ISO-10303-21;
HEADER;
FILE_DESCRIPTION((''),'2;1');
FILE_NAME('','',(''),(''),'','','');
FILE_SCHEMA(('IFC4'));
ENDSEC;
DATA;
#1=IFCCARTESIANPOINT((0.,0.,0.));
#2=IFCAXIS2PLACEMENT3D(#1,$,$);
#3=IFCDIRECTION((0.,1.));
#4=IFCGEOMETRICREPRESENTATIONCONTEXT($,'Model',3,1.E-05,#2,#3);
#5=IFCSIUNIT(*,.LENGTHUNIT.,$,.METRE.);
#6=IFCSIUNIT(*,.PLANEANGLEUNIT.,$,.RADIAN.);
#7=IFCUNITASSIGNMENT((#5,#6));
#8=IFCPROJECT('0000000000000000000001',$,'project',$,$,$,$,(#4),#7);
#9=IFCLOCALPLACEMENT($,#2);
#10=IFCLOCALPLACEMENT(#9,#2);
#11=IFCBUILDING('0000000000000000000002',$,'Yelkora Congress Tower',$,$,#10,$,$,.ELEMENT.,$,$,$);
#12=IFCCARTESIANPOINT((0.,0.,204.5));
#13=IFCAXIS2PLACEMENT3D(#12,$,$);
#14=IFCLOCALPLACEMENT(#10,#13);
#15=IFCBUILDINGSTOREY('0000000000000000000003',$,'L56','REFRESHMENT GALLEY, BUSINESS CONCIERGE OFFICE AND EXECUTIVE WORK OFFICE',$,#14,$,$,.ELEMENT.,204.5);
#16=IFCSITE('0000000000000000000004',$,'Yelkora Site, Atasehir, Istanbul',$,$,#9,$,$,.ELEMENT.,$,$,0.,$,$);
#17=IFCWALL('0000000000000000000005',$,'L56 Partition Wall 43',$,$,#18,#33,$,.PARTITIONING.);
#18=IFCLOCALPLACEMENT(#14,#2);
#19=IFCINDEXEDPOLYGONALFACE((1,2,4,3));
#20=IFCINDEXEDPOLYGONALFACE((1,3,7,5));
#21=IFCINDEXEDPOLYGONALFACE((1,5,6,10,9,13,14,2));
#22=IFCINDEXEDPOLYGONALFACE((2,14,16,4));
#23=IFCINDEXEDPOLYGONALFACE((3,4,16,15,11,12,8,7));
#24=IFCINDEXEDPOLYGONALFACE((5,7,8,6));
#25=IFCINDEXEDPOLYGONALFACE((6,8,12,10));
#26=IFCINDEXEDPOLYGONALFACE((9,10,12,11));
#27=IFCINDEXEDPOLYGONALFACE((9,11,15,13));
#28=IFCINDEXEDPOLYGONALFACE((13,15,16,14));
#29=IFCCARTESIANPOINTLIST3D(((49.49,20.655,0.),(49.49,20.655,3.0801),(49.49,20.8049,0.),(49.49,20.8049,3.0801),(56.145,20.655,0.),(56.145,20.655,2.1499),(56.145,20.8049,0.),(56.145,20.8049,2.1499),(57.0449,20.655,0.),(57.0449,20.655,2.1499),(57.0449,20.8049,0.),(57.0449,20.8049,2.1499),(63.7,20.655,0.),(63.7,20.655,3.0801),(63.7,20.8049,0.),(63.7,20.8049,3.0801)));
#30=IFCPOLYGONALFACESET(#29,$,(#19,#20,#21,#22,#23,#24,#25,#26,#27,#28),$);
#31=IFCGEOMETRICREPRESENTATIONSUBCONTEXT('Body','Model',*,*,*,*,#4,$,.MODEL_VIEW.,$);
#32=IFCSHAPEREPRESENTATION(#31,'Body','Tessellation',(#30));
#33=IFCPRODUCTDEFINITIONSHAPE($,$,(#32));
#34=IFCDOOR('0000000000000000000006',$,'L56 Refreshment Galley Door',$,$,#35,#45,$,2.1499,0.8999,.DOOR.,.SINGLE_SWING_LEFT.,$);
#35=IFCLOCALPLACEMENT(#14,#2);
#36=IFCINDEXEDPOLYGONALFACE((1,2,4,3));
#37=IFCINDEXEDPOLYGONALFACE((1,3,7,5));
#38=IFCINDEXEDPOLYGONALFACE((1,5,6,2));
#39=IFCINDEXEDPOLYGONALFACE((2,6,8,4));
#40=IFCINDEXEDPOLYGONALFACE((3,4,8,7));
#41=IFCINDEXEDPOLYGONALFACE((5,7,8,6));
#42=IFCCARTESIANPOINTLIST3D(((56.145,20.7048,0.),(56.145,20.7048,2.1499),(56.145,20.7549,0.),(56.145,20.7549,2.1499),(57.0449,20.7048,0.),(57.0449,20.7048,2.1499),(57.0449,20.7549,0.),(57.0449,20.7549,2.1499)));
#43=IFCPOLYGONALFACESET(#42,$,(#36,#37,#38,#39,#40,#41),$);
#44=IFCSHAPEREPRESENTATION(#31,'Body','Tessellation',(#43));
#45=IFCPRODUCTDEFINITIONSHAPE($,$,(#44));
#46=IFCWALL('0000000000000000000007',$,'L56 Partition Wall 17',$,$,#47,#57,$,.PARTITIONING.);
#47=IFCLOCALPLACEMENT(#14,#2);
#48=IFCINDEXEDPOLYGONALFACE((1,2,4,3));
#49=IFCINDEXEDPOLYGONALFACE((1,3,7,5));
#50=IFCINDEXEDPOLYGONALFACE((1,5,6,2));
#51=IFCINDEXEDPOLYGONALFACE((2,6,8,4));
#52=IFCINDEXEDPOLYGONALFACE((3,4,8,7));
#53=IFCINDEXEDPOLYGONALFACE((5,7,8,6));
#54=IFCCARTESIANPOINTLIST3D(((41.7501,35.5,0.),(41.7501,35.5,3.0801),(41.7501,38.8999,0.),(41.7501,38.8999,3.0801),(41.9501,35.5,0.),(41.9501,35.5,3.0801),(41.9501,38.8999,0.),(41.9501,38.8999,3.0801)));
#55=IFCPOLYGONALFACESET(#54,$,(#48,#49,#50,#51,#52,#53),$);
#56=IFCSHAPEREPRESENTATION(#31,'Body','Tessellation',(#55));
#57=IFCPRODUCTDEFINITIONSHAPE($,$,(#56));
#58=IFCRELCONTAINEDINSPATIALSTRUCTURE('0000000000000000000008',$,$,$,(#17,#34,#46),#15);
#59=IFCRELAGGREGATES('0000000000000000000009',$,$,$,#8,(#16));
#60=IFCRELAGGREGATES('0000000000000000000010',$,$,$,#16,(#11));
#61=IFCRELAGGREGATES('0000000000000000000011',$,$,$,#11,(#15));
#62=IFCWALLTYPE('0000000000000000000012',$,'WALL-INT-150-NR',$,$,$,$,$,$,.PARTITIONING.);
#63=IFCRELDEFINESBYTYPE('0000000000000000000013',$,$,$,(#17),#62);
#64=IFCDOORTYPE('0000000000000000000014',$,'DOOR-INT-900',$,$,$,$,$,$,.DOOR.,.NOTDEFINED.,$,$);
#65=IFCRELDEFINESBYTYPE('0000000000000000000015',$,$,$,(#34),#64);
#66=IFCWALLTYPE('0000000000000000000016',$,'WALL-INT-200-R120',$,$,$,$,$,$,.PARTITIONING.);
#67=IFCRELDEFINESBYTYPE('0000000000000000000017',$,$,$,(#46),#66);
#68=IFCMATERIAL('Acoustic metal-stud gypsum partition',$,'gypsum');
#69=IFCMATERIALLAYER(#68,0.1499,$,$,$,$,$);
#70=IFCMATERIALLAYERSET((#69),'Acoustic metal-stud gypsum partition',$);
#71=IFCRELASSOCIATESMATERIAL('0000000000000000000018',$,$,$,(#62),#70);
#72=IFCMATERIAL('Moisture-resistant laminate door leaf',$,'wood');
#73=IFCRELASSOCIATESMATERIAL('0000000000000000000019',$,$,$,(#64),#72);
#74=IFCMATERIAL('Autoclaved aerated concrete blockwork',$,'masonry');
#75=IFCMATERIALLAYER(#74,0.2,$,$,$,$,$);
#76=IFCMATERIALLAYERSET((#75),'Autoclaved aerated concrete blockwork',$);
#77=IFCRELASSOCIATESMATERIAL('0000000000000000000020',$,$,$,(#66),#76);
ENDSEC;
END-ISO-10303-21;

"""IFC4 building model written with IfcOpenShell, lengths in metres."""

from ifc_helpers import new_model, si_unit, direction, frame, frame_2d, origin, place, context, subcontext, project, spatial, rectangle, extrude, material, layer, layer_set, type_object, element, fill, save


model = new_model("IFC4")

# Units and contexts
model_context = context("Model", 3, precision=1e-05, world=origin(), true_north=direction((0.0, 1.0)))
body_context = subcontext(model_context, "Body", "Model", "MODEL_VIEW")
ifc_project = project(units=[si_unit("LENGTHUNIT", "METRE"), si_unit("PLANEANGLEUNIT", "RADIAN")], contexts=[model_context])

# Site, building, storey
site_placement = place(None, origin())
site = spatial("IfcSite", under=ifc_project, at=site_placement, Name="Yelkora Site, Atasehir, Istanbul", CompositionType="ELEMENT", RefElevation=0.0)
building_placement = place(site_placement, origin())
building = spatial("IfcBuilding", under=site, at=building_placement, Name="Yelkora Congress Tower", CompositionType="ELEMENT")
storey_placement = place(building_placement, frame((0.0, 0.0, 204.5)))
storey = spatial("IfcBuildingStorey", under=building, at=storey_placement, Name="L56", Description="REFRESHMENT GALLEY, BUSINESS CONCIERGE OFFICE AND EXECUTIVE WORK OFFICE", CompositionType="ELEMENT", Elevation=204.5)

# Shared definitions
ifc_material_1 = material(Name="Acoustic metal-stud gypsum partition", Category="gypsum")
ifc_layer_1 = layer(ifc_material_1, 0.1499)
ifc_layer_set_1 = layer_set([ifc_layer_1], Name="Acoustic metal-stud gypsum partition")
wall_type_1 = type_object("IfcWallType", Name="WALL-INT-150-NR", PredefinedType="PARTITIONING", material=ifc_layer_set_1)

# Wall, opening, door
wall_1_placement = place(storey_placement, frame((49.49, 20.73, 0.0), z_axis=(0.0, 0.0, 1.0), x_axis=(1.0, 0.0, 0.0)))
wall_1 = element("IfcWall", 1, at=wall_1_placement, inside=storey, type_object=wall_type_1, Name="L56 Partition Wall 43", PredefinedType="PARTITIONING", context=body_context, shape_type="SweptSolid", body=[
    extrude(rectangle(XDim=14.21, YDim=0.1499, at=frame_2d((7.105, 0.0))), origin(), (0.0, 0.0, 1.0), 3.0801),
])
opening_1_placement = place(wall_1_placement, frame((6.655, 0.0, 0.0)))
opening_1 = element("IfcOpeningElement", 2, at=opening_1_placement, cuts=wall_1, PredefinedType="OPENING", context=body_context, shape_type="SweptSolid", body=[
    extrude(rectangle(XDim=0.8999, YDim=2.1499, at=frame_2d((0.45, 1.075))), frame((0.0, 0.085, 0.0), z_axis=(0.0, -1.0, 0.0), x_axis=(1.0, 0.0, 0.0)), (0.0, 0.0, 1.0), 0.1699),
])
ifc_material_2 = material(Name="Moisture-resistant laminate door leaf", Category="wood")
door_type_1 = type_object("IfcDoorType", Name="DOOR-INT-900", OperationType="NOTDEFINED", PredefinedType="DOOR", material=ifc_material_2)
door_1_placement = place(opening_1_placement, origin())
door_1 = element("IfcDoor", 3, at=door_1_placement, inside=storey, type_object=door_type_1, Name="L56 Refreshment Galley Door", OperationType="SINGLE_SWING_LEFT", OverallHeight=2.1499, OverallWidth=0.8999, PredefinedType="DOOR", context=body_context, shape_type="SweptSolid", body=[
    extrude(rectangle(XDim=0.8999, YDim=2.1499, at=frame_2d((0.45, 1.075))), frame((0.0, 0.0249, 0.0), z_axis=(0.0, -1.0, 0.0), x_axis=(1.0, 0.0, 0.0)), (0.0, 0.0, 1.0), 0.05),
])
fill(opening_1, door_1)

# Wall
ifc_material_3 = material(Name="Autoclaved aerated concrete blockwork", Category="masonry")
ifc_layer_2 = layer(ifc_material_3, 0.2)
ifc_layer_set_2 = layer_set([ifc_layer_2], Name="Autoclaved aerated concrete blockwork")
wall_type_2 = type_object("IfcWallType", Name="WALL-INT-200-R120", PredefinedType="PARTITIONING", material=ifc_layer_set_2)
wall_2_placement = place(storey_placement, frame((41.8501, 35.5, 0.0), z_axis=(0.0, 0.0, 1.0), x_axis=(0.0, 1.0, 0.0)))
element("IfcWall", 4, at=wall_2_placement, inside=storey, type_object=wall_type_2, Name="L56 Partition Wall 17", PredefinedType="PARTITIONING", context=body_context, shape_type="SweptSolid", body=[
    extrude(rectangle(XDim=3.3999, YDim=0.2, at=frame_2d((1.7, 0.0))), origin(), (0.0, 0.0, 1.0), 3.0801),
])

save(model, "model.ifc")
